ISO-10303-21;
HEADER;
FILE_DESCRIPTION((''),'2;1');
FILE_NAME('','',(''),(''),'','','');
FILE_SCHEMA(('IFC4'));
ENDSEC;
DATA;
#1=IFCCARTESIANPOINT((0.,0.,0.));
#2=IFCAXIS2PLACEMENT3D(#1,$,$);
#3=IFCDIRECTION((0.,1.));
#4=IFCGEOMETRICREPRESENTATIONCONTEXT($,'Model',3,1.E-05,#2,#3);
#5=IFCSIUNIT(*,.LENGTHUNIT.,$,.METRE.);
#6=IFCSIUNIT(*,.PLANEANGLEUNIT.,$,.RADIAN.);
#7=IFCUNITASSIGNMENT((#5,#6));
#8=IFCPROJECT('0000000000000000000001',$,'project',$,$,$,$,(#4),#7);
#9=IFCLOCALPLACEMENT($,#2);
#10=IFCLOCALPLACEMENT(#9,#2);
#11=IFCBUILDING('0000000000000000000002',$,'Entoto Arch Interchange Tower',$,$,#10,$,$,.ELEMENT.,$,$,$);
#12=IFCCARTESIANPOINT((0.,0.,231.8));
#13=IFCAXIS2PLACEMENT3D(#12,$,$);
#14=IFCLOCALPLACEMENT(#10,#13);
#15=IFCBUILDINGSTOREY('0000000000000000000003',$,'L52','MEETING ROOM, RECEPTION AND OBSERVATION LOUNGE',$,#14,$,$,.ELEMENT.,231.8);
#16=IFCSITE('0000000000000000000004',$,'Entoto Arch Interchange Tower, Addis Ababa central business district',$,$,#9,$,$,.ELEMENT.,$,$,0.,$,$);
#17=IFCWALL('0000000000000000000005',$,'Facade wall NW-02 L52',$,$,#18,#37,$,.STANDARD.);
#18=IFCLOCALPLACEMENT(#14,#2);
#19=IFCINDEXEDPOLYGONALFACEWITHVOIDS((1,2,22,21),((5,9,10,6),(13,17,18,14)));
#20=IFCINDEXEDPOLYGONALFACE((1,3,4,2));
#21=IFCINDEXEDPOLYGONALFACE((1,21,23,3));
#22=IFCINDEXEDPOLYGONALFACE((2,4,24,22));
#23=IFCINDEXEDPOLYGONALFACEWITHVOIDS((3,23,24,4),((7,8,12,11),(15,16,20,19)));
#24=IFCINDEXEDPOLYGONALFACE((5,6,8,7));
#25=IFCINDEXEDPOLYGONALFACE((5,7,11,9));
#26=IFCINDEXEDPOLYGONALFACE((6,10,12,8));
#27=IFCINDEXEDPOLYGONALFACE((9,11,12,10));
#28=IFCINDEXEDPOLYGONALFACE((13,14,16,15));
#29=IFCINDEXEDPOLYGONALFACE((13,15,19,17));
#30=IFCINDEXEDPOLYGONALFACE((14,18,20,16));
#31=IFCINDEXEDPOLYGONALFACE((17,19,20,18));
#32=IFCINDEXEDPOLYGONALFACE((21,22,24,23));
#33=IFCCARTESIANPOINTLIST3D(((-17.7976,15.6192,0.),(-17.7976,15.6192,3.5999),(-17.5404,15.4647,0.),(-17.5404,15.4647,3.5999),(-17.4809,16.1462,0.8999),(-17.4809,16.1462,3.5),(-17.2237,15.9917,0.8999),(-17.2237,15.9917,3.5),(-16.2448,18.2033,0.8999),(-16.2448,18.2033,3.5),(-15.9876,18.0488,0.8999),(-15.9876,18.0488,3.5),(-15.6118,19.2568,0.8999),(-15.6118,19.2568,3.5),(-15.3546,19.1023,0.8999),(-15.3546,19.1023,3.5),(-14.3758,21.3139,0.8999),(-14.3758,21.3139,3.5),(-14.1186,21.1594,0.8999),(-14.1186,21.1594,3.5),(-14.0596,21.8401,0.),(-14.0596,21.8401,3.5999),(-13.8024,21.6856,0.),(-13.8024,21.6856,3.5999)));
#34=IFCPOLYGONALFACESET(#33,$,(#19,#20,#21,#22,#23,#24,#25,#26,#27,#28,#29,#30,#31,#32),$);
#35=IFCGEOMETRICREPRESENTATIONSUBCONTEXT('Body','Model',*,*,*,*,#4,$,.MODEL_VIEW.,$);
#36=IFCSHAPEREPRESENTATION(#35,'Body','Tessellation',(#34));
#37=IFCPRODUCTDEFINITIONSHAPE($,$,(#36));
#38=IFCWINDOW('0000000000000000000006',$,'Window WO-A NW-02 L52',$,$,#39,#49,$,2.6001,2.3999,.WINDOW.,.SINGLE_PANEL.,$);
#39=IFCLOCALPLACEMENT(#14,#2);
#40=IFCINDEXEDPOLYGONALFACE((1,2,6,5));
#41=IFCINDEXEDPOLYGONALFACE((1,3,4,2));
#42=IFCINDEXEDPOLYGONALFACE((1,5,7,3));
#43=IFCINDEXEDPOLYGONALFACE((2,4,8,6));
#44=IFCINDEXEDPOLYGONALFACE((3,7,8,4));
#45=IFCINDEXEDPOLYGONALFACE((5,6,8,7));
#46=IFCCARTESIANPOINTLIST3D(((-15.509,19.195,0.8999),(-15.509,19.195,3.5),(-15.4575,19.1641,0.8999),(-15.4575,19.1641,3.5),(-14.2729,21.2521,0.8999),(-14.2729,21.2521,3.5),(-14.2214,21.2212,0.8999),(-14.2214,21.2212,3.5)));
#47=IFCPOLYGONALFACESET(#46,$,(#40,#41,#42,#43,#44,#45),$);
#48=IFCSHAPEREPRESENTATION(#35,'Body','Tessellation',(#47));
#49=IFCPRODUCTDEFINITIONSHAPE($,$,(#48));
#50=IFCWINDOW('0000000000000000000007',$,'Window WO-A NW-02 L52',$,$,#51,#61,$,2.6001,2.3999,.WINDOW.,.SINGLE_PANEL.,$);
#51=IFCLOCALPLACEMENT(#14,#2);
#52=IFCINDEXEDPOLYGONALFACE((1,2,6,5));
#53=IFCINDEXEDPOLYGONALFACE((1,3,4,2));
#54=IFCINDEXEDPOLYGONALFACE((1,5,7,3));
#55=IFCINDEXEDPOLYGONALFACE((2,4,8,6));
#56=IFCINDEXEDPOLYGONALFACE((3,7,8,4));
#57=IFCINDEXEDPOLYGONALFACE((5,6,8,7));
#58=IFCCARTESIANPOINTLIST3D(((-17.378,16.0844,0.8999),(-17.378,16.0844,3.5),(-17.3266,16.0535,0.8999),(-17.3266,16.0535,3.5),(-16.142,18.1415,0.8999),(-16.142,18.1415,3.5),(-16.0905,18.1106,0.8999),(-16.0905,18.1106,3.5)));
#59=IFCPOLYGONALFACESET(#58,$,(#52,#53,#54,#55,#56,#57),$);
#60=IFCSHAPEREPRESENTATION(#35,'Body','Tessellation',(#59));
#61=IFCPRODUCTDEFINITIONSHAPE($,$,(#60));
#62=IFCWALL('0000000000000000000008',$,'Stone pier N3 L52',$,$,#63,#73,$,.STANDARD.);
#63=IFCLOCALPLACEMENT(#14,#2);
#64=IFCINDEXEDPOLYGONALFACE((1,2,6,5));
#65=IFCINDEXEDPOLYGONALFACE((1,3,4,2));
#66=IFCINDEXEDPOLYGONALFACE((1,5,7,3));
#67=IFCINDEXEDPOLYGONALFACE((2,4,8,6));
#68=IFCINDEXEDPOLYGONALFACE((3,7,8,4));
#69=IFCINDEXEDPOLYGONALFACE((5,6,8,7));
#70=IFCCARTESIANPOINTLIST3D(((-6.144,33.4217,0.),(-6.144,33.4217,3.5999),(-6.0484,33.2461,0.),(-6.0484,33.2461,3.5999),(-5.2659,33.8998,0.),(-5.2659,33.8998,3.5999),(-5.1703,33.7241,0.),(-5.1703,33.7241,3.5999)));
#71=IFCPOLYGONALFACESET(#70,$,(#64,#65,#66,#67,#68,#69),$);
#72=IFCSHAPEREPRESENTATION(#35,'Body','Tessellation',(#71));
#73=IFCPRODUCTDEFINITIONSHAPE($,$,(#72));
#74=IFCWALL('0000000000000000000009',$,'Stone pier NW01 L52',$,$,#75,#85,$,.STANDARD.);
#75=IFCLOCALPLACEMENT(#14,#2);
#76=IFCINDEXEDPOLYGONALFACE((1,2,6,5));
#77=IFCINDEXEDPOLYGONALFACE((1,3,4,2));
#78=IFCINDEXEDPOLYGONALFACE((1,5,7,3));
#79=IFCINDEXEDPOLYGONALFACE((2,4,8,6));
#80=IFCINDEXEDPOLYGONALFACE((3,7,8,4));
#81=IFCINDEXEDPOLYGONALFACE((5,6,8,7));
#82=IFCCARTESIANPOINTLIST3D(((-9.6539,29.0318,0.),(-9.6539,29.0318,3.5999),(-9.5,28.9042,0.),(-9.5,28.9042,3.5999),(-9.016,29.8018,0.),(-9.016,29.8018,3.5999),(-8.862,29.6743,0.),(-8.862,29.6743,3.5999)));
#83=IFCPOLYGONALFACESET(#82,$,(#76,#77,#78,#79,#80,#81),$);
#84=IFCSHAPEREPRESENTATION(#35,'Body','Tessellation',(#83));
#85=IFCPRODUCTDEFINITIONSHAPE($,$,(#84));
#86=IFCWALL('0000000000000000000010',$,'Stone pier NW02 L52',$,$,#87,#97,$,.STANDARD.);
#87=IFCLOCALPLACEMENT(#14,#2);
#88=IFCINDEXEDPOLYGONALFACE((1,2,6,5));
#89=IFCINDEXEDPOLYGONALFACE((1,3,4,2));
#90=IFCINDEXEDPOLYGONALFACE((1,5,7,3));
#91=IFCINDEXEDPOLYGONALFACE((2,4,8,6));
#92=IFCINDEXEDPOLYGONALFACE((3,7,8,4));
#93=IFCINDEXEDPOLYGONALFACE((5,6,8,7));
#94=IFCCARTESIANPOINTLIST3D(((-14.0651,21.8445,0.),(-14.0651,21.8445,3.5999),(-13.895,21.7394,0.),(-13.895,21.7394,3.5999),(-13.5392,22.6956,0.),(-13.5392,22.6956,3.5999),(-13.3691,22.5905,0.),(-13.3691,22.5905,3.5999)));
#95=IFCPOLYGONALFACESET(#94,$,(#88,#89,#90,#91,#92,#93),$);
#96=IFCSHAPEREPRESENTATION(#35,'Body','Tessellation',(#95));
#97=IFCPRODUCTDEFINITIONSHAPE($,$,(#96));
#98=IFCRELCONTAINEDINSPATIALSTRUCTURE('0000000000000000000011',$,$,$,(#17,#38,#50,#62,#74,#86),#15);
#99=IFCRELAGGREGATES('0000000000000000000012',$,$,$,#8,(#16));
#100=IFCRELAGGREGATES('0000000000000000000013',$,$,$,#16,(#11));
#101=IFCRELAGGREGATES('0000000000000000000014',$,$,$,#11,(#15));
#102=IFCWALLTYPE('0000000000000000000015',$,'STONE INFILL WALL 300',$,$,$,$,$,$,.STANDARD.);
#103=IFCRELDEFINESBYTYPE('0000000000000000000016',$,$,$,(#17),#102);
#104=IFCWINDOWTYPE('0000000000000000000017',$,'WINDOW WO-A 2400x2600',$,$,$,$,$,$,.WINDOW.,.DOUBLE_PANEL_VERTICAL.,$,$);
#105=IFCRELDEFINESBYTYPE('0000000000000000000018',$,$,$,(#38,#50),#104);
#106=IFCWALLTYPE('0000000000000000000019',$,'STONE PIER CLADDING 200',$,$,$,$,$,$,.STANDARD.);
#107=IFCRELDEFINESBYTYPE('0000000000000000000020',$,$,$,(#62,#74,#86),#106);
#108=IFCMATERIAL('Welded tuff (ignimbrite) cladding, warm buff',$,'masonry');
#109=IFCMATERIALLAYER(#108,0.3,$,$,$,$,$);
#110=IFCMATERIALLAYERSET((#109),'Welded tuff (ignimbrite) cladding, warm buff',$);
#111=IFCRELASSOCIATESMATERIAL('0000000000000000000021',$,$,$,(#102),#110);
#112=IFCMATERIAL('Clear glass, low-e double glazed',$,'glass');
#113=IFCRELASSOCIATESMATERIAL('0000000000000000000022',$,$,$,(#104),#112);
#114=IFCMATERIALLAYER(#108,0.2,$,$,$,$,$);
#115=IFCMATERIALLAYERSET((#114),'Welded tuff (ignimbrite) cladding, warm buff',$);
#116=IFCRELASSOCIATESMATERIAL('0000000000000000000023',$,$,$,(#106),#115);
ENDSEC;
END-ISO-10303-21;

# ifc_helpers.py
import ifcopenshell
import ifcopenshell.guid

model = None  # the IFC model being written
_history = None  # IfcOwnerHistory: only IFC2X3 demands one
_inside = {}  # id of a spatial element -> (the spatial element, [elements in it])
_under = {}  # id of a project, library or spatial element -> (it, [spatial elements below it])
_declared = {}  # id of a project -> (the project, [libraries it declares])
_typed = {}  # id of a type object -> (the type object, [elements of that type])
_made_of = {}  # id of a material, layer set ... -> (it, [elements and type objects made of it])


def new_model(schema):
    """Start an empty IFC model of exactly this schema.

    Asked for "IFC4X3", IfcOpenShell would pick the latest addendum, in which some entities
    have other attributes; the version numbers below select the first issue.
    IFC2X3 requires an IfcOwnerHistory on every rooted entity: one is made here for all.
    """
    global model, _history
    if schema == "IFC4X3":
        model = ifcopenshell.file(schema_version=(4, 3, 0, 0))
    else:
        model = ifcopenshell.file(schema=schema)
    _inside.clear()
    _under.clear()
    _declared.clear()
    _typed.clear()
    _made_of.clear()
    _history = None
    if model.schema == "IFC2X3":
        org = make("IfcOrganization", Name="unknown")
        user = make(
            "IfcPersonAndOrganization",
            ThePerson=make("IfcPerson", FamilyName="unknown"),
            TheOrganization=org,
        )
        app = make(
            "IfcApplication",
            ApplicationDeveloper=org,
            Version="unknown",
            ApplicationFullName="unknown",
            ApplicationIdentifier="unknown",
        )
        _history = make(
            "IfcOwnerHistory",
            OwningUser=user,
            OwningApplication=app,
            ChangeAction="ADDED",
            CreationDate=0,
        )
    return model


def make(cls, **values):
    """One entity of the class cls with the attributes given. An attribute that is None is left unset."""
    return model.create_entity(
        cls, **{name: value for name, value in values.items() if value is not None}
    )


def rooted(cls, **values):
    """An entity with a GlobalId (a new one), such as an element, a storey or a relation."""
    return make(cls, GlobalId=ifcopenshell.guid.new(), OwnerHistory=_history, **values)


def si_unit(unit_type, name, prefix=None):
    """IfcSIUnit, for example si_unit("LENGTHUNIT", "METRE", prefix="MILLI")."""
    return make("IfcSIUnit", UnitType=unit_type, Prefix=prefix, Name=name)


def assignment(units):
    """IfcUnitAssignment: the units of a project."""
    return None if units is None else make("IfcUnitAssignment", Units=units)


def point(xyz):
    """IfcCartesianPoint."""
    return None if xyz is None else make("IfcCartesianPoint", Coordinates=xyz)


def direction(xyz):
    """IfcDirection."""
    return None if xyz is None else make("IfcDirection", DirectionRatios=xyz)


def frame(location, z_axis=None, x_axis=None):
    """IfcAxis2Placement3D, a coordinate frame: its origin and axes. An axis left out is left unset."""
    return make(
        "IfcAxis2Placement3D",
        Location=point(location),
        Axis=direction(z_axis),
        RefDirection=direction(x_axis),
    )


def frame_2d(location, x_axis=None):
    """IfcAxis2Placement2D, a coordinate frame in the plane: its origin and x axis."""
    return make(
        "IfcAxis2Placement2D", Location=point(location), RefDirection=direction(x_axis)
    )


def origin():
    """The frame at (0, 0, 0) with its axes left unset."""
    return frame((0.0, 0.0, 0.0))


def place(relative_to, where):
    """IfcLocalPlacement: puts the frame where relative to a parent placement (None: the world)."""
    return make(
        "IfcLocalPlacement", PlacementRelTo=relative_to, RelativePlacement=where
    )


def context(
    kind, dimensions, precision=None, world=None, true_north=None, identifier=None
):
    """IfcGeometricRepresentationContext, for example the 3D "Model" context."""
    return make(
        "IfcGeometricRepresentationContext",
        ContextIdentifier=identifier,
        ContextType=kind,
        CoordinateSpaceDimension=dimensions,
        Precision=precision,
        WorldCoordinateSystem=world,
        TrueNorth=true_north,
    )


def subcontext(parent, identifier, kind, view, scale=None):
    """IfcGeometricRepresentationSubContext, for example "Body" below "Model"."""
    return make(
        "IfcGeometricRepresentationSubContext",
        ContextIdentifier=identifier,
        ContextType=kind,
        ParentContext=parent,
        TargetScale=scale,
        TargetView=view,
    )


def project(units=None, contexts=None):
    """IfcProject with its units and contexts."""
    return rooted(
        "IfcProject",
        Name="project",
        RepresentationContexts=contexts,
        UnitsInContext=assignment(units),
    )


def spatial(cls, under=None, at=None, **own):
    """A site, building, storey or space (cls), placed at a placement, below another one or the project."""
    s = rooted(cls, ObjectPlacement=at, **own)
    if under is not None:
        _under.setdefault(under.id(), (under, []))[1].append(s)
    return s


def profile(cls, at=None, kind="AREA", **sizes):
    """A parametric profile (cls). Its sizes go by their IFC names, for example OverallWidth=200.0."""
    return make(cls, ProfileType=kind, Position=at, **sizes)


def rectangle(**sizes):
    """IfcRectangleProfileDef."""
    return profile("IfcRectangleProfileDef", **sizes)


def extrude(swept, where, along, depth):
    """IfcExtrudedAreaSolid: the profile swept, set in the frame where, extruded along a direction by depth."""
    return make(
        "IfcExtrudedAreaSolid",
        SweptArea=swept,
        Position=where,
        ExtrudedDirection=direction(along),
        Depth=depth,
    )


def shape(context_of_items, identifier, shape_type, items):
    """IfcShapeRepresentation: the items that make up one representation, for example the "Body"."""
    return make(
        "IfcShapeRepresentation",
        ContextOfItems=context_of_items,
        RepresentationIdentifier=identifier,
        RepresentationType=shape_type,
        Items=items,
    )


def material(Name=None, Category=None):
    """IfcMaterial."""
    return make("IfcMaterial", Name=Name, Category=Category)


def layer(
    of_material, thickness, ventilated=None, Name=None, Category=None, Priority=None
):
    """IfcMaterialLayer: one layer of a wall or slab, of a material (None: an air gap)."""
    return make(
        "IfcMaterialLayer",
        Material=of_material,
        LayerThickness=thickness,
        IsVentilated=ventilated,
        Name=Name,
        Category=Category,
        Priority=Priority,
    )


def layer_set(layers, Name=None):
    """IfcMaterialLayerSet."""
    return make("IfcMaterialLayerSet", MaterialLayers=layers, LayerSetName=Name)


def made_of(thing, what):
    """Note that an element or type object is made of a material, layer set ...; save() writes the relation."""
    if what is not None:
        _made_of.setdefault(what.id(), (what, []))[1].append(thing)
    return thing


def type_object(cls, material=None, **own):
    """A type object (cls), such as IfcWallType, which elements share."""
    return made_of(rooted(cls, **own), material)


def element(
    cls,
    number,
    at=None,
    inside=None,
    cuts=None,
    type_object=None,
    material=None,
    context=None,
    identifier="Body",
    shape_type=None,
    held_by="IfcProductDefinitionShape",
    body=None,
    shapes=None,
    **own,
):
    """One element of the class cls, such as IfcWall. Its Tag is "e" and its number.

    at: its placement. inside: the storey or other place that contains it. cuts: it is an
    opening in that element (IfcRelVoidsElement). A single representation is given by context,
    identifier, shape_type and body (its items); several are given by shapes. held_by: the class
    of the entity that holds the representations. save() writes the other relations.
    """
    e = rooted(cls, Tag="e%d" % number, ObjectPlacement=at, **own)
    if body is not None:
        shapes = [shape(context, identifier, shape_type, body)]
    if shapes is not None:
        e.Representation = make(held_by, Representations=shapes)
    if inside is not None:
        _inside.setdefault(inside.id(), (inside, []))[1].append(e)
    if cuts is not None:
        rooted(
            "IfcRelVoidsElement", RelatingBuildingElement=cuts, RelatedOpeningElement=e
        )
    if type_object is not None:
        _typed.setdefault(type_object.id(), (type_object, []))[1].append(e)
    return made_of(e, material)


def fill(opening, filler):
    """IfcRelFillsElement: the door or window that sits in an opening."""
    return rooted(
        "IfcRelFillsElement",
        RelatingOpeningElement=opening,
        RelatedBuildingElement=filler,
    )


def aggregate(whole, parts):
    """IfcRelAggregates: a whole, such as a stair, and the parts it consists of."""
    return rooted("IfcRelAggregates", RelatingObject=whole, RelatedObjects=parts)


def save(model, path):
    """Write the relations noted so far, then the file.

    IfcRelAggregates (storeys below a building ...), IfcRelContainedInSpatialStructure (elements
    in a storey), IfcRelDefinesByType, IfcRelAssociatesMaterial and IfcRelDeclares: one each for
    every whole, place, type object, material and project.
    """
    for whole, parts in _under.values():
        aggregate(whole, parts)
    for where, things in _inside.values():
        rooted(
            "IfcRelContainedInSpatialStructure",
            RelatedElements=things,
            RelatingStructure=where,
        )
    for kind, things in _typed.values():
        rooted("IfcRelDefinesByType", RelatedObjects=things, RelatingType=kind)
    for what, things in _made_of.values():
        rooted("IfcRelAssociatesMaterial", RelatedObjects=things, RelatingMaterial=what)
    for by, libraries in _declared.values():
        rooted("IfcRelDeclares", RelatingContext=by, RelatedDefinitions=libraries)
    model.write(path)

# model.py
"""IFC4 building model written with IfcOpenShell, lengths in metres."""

from ifc_helpers import new_model, si_unit, direction, frame, frame_2d, origin, place, context, subcontext, project, spatial, rectangle, extrude, material, layer, layer_set, type_object, element, fill, save


model = new_model("IFC4")

# Units and contexts
model_context = context("Model", 3, precision=1e-05, world=origin(), true_north=direction((0.0, 1.0)))
body_context = subcontext(model_context, "Body", "Model", "MODEL_VIEW")
ifc_project = project(units=[si_unit("LENGTHUNIT", "METRE"), si_unit("PLANEANGLEUNIT", "RADIAN")], contexts=[model_context])

# Site, building, storey
site_placement = place(None, origin())
site = spatial("IfcSite", under=ifc_project, at=site_placement, Name="Entoto Arch Interchange Tower, Addis Ababa central business district", CompositionType="ELEMENT", RefElevation=0.0)
building_placement = place(site_placement, origin())
building = spatial("IfcBuilding", under=site, at=building_placement, Name="Entoto Arch Interchange Tower", CompositionType="ELEMENT")
storey_placement = place(building_placement, frame((0.0, 0.0, 231.8)))
storey = spatial("IfcBuildingStorey", under=building, at=storey_placement, Name="L52", Description="MEETING ROOM, RECEPTION AND OBSERVATION LOUNGE", CompositionType="ELEMENT", Elevation=231.8)

# Shared definitions
ifc_material_1 = material(Name="Welded tuff (ignimbrite) cladding, warm buff", Category="masonry")
ifc_layer_1 = layer(ifc_material_1, 0.3)
ifc_layer_set_1 = layer_set([ifc_layer_1], Name="Welded tuff (ignimbrite) cladding, warm buff")
wall_type_1 = type_object("IfcWallType", Name="STONE INFILL WALL 300", PredefinedType="STANDARD", material=ifc_layer_set_1)
ifc_material_2 = material(Name="Clear glass, low-e double glazed", Category="glass")

# Wall, openings, windows
window_type_1 = type_object("IfcWindowType", Name="WINDOW WO-A 2400x2600", PartitioningType="DOUBLE_PANEL_VERTICAL", PredefinedType="WINDOW", material=ifc_material_2)
wall_1_placement = place(storey_placement, frame((-13.9309, 21.7629, 0.0), z_axis=(0.0, 0.0, 1.0), x_axis=(-0.51505, -0.85716, 0.0)))
wall_1 = element("IfcWall", 1, at=wall_1_placement, inside=storey, type_object=wall_type_1, Name="Facade wall NW-02 L52", PredefinedType="STANDARD", context=body_context, shape_type="SweptSolid", body=[
    extrude(rectangle(XDim=7.2576, YDim=0.3, at=frame_2d((3.6289, 0.0))), origin(), (0.0, 0.0, 1.0), 3.5999),
])
opening_1_placement = place(wall_1_placement, frame((0.614, 0.0, 0.8999)))
opening_1 = element("IfcOpeningElement", 2, at=opening_1_placement, cuts=wall_1, PredefinedType="OPENING", context=body_context, shape_type="SweptSolid", body=[
    extrude(rectangle(XDim=2.3999, YDim=2.6001, at=frame_2d((1.2, 1.3))), frame((0.0, 0.1602, 0.0), z_axis=(0.0, -1.0, 0.0), x_axis=(1.0, 0.0, 0.0)), (0.0, 0.0, 1.0), 0.3201),
])
opening_2_placement = place(wall_1_placement, frame((4.2429, 0.0, 0.8999)))
opening_2 = element("IfcOpeningElement", 3, at=opening_2_placement, cuts=wall_1, PredefinedType="OPENING", context=body_context, shape_type="SweptSolid", body=[
    extrude(rectangle(XDim=2.3999, YDim=2.6001, at=frame_2d((1.2, 1.3))), frame((0.0, 0.1602, 0.0), z_axis=(0.0, -1.0, 0.0), x_axis=(1.0, 0.0, 0.0)), (0.0, 0.0, 1.0), 0.3201),
])
window_1_placement = place(opening_1_placement, origin())
window_1 = element("IfcWindow", 4, at=window_1_placement, inside=storey, type_object=window_type_1, Name="Window WO-A NW-02 L52", OverallHeight=2.6001, OverallWidth=2.3999, PartitioningType="SINGLE_PANEL", PredefinedType="WINDOW", context=body_context, shape_type="SweptSolid", body=[
    extrude(rectangle(XDim=2.3999, YDim=2.6001, at=frame_2d((1.2, 1.3))), frame((0.0, 0.03, 0.0), z_axis=(0.0, -1.0, 0.0), x_axis=(1.0, 0.0, 0.0)), (0.0, 0.0, 1.0), 0.0601),
])
fill(opening_1, window_1)
window_2_placement = place(opening_2_placement, origin())
window_2 = element("IfcWindow", 5, at=window_2_placement, inside=storey, type_object=window_type_1, Name="Window WO-A NW-02 L52", OverallHeight=2.6001, OverallWidth=2.3999, PartitioningType="SINGLE_PANEL", PredefinedType="WINDOW", context=body_context, shape_type="SweptSolid", body=[
    extrude(rectangle(XDim=2.3999, YDim=2.6001, at=frame_2d((1.2, 1.3))), frame((0.0, 0.03, 0.0), z_axis=(0.0, -1.0, 0.0), x_axis=(1.0, 0.0, 0.0)), (0.0, 0.0, 1.0), 0.0601),
])
fill(opening_2, window_2)

# Walls
ifc_layer_2 = layer(ifc_material_1, 0.2)
ifc_layer_set_2 = layer_set([ifc_layer_2], Name="Welded tuff (ignimbrite) cladding, warm buff")
wall_type_2 = type_object("IfcWallType", Name="STONE PIER CLADDING 200", PredefinedType="STANDARD", material=ifc_layer_set_2)
wall_2_placement = place(storey_placement, frame((-5.218, 33.812, 0.0), z_axis=(0.0, 0.0, 1.0), x_axis=(-0.87825, -0.478202, 0.0)))
element("IfcWall", 6, at=wall_2_placement, inside=storey, type_object=wall_type_2, Name="Stone pier N3 L52", PredefinedType="STANDARD", context=body_context, shape_type="SweptSolid", body=[
    extrude(rectangle(XDim=0.9998, YDim=0.2, at=frame_2d((0.5, 0.0))), origin(), (0.0, 0.0, 1.0), 3.5999),
])
wall_3_placement = place(storey_placement, frame((-8.939, 29.738, 0.0), z_axis=(0.0, 0.0, 1.0), x_axis=(-0.637972, -0.770059, 0.0)))
element("IfcWall", 7, at=wall_3_placement, inside=storey, type_object=wall_type_2, Name="Stone pier NW01 L52", PredefinedType="STANDARD", context=body_context, shape_type="SweptSolid", body=[
    extrude(rectangle(XDim=1.0, YDim=0.2, at=frame_2d((0.5, 0.0))), origin(), (0.0, 0.0, 1.0), 3.5999),
])
wall_4_placement = place(storey_placement, frame((-13.4541, 22.6431, 0.0), z_axis=(0.0, 0.0, 1.0), x_axis=(-0.525649, -0.850702, 0.0)))
element("IfcWall", 8, at=wall_4_placement, inside=storey, type_object=wall_type_2, Name="Stone pier NW02 L52", PredefinedType="STANDARD", context=body_context, shape_type="SweptSolid", body=[
    extrude(rectangle(XDim=1.0005, YDim=0.2, at=frame_2d((0.5002, 0.0))), origin(), (0.0, 0.0, 1.0), 3.5999),
])

save(model, "model.ifc")
